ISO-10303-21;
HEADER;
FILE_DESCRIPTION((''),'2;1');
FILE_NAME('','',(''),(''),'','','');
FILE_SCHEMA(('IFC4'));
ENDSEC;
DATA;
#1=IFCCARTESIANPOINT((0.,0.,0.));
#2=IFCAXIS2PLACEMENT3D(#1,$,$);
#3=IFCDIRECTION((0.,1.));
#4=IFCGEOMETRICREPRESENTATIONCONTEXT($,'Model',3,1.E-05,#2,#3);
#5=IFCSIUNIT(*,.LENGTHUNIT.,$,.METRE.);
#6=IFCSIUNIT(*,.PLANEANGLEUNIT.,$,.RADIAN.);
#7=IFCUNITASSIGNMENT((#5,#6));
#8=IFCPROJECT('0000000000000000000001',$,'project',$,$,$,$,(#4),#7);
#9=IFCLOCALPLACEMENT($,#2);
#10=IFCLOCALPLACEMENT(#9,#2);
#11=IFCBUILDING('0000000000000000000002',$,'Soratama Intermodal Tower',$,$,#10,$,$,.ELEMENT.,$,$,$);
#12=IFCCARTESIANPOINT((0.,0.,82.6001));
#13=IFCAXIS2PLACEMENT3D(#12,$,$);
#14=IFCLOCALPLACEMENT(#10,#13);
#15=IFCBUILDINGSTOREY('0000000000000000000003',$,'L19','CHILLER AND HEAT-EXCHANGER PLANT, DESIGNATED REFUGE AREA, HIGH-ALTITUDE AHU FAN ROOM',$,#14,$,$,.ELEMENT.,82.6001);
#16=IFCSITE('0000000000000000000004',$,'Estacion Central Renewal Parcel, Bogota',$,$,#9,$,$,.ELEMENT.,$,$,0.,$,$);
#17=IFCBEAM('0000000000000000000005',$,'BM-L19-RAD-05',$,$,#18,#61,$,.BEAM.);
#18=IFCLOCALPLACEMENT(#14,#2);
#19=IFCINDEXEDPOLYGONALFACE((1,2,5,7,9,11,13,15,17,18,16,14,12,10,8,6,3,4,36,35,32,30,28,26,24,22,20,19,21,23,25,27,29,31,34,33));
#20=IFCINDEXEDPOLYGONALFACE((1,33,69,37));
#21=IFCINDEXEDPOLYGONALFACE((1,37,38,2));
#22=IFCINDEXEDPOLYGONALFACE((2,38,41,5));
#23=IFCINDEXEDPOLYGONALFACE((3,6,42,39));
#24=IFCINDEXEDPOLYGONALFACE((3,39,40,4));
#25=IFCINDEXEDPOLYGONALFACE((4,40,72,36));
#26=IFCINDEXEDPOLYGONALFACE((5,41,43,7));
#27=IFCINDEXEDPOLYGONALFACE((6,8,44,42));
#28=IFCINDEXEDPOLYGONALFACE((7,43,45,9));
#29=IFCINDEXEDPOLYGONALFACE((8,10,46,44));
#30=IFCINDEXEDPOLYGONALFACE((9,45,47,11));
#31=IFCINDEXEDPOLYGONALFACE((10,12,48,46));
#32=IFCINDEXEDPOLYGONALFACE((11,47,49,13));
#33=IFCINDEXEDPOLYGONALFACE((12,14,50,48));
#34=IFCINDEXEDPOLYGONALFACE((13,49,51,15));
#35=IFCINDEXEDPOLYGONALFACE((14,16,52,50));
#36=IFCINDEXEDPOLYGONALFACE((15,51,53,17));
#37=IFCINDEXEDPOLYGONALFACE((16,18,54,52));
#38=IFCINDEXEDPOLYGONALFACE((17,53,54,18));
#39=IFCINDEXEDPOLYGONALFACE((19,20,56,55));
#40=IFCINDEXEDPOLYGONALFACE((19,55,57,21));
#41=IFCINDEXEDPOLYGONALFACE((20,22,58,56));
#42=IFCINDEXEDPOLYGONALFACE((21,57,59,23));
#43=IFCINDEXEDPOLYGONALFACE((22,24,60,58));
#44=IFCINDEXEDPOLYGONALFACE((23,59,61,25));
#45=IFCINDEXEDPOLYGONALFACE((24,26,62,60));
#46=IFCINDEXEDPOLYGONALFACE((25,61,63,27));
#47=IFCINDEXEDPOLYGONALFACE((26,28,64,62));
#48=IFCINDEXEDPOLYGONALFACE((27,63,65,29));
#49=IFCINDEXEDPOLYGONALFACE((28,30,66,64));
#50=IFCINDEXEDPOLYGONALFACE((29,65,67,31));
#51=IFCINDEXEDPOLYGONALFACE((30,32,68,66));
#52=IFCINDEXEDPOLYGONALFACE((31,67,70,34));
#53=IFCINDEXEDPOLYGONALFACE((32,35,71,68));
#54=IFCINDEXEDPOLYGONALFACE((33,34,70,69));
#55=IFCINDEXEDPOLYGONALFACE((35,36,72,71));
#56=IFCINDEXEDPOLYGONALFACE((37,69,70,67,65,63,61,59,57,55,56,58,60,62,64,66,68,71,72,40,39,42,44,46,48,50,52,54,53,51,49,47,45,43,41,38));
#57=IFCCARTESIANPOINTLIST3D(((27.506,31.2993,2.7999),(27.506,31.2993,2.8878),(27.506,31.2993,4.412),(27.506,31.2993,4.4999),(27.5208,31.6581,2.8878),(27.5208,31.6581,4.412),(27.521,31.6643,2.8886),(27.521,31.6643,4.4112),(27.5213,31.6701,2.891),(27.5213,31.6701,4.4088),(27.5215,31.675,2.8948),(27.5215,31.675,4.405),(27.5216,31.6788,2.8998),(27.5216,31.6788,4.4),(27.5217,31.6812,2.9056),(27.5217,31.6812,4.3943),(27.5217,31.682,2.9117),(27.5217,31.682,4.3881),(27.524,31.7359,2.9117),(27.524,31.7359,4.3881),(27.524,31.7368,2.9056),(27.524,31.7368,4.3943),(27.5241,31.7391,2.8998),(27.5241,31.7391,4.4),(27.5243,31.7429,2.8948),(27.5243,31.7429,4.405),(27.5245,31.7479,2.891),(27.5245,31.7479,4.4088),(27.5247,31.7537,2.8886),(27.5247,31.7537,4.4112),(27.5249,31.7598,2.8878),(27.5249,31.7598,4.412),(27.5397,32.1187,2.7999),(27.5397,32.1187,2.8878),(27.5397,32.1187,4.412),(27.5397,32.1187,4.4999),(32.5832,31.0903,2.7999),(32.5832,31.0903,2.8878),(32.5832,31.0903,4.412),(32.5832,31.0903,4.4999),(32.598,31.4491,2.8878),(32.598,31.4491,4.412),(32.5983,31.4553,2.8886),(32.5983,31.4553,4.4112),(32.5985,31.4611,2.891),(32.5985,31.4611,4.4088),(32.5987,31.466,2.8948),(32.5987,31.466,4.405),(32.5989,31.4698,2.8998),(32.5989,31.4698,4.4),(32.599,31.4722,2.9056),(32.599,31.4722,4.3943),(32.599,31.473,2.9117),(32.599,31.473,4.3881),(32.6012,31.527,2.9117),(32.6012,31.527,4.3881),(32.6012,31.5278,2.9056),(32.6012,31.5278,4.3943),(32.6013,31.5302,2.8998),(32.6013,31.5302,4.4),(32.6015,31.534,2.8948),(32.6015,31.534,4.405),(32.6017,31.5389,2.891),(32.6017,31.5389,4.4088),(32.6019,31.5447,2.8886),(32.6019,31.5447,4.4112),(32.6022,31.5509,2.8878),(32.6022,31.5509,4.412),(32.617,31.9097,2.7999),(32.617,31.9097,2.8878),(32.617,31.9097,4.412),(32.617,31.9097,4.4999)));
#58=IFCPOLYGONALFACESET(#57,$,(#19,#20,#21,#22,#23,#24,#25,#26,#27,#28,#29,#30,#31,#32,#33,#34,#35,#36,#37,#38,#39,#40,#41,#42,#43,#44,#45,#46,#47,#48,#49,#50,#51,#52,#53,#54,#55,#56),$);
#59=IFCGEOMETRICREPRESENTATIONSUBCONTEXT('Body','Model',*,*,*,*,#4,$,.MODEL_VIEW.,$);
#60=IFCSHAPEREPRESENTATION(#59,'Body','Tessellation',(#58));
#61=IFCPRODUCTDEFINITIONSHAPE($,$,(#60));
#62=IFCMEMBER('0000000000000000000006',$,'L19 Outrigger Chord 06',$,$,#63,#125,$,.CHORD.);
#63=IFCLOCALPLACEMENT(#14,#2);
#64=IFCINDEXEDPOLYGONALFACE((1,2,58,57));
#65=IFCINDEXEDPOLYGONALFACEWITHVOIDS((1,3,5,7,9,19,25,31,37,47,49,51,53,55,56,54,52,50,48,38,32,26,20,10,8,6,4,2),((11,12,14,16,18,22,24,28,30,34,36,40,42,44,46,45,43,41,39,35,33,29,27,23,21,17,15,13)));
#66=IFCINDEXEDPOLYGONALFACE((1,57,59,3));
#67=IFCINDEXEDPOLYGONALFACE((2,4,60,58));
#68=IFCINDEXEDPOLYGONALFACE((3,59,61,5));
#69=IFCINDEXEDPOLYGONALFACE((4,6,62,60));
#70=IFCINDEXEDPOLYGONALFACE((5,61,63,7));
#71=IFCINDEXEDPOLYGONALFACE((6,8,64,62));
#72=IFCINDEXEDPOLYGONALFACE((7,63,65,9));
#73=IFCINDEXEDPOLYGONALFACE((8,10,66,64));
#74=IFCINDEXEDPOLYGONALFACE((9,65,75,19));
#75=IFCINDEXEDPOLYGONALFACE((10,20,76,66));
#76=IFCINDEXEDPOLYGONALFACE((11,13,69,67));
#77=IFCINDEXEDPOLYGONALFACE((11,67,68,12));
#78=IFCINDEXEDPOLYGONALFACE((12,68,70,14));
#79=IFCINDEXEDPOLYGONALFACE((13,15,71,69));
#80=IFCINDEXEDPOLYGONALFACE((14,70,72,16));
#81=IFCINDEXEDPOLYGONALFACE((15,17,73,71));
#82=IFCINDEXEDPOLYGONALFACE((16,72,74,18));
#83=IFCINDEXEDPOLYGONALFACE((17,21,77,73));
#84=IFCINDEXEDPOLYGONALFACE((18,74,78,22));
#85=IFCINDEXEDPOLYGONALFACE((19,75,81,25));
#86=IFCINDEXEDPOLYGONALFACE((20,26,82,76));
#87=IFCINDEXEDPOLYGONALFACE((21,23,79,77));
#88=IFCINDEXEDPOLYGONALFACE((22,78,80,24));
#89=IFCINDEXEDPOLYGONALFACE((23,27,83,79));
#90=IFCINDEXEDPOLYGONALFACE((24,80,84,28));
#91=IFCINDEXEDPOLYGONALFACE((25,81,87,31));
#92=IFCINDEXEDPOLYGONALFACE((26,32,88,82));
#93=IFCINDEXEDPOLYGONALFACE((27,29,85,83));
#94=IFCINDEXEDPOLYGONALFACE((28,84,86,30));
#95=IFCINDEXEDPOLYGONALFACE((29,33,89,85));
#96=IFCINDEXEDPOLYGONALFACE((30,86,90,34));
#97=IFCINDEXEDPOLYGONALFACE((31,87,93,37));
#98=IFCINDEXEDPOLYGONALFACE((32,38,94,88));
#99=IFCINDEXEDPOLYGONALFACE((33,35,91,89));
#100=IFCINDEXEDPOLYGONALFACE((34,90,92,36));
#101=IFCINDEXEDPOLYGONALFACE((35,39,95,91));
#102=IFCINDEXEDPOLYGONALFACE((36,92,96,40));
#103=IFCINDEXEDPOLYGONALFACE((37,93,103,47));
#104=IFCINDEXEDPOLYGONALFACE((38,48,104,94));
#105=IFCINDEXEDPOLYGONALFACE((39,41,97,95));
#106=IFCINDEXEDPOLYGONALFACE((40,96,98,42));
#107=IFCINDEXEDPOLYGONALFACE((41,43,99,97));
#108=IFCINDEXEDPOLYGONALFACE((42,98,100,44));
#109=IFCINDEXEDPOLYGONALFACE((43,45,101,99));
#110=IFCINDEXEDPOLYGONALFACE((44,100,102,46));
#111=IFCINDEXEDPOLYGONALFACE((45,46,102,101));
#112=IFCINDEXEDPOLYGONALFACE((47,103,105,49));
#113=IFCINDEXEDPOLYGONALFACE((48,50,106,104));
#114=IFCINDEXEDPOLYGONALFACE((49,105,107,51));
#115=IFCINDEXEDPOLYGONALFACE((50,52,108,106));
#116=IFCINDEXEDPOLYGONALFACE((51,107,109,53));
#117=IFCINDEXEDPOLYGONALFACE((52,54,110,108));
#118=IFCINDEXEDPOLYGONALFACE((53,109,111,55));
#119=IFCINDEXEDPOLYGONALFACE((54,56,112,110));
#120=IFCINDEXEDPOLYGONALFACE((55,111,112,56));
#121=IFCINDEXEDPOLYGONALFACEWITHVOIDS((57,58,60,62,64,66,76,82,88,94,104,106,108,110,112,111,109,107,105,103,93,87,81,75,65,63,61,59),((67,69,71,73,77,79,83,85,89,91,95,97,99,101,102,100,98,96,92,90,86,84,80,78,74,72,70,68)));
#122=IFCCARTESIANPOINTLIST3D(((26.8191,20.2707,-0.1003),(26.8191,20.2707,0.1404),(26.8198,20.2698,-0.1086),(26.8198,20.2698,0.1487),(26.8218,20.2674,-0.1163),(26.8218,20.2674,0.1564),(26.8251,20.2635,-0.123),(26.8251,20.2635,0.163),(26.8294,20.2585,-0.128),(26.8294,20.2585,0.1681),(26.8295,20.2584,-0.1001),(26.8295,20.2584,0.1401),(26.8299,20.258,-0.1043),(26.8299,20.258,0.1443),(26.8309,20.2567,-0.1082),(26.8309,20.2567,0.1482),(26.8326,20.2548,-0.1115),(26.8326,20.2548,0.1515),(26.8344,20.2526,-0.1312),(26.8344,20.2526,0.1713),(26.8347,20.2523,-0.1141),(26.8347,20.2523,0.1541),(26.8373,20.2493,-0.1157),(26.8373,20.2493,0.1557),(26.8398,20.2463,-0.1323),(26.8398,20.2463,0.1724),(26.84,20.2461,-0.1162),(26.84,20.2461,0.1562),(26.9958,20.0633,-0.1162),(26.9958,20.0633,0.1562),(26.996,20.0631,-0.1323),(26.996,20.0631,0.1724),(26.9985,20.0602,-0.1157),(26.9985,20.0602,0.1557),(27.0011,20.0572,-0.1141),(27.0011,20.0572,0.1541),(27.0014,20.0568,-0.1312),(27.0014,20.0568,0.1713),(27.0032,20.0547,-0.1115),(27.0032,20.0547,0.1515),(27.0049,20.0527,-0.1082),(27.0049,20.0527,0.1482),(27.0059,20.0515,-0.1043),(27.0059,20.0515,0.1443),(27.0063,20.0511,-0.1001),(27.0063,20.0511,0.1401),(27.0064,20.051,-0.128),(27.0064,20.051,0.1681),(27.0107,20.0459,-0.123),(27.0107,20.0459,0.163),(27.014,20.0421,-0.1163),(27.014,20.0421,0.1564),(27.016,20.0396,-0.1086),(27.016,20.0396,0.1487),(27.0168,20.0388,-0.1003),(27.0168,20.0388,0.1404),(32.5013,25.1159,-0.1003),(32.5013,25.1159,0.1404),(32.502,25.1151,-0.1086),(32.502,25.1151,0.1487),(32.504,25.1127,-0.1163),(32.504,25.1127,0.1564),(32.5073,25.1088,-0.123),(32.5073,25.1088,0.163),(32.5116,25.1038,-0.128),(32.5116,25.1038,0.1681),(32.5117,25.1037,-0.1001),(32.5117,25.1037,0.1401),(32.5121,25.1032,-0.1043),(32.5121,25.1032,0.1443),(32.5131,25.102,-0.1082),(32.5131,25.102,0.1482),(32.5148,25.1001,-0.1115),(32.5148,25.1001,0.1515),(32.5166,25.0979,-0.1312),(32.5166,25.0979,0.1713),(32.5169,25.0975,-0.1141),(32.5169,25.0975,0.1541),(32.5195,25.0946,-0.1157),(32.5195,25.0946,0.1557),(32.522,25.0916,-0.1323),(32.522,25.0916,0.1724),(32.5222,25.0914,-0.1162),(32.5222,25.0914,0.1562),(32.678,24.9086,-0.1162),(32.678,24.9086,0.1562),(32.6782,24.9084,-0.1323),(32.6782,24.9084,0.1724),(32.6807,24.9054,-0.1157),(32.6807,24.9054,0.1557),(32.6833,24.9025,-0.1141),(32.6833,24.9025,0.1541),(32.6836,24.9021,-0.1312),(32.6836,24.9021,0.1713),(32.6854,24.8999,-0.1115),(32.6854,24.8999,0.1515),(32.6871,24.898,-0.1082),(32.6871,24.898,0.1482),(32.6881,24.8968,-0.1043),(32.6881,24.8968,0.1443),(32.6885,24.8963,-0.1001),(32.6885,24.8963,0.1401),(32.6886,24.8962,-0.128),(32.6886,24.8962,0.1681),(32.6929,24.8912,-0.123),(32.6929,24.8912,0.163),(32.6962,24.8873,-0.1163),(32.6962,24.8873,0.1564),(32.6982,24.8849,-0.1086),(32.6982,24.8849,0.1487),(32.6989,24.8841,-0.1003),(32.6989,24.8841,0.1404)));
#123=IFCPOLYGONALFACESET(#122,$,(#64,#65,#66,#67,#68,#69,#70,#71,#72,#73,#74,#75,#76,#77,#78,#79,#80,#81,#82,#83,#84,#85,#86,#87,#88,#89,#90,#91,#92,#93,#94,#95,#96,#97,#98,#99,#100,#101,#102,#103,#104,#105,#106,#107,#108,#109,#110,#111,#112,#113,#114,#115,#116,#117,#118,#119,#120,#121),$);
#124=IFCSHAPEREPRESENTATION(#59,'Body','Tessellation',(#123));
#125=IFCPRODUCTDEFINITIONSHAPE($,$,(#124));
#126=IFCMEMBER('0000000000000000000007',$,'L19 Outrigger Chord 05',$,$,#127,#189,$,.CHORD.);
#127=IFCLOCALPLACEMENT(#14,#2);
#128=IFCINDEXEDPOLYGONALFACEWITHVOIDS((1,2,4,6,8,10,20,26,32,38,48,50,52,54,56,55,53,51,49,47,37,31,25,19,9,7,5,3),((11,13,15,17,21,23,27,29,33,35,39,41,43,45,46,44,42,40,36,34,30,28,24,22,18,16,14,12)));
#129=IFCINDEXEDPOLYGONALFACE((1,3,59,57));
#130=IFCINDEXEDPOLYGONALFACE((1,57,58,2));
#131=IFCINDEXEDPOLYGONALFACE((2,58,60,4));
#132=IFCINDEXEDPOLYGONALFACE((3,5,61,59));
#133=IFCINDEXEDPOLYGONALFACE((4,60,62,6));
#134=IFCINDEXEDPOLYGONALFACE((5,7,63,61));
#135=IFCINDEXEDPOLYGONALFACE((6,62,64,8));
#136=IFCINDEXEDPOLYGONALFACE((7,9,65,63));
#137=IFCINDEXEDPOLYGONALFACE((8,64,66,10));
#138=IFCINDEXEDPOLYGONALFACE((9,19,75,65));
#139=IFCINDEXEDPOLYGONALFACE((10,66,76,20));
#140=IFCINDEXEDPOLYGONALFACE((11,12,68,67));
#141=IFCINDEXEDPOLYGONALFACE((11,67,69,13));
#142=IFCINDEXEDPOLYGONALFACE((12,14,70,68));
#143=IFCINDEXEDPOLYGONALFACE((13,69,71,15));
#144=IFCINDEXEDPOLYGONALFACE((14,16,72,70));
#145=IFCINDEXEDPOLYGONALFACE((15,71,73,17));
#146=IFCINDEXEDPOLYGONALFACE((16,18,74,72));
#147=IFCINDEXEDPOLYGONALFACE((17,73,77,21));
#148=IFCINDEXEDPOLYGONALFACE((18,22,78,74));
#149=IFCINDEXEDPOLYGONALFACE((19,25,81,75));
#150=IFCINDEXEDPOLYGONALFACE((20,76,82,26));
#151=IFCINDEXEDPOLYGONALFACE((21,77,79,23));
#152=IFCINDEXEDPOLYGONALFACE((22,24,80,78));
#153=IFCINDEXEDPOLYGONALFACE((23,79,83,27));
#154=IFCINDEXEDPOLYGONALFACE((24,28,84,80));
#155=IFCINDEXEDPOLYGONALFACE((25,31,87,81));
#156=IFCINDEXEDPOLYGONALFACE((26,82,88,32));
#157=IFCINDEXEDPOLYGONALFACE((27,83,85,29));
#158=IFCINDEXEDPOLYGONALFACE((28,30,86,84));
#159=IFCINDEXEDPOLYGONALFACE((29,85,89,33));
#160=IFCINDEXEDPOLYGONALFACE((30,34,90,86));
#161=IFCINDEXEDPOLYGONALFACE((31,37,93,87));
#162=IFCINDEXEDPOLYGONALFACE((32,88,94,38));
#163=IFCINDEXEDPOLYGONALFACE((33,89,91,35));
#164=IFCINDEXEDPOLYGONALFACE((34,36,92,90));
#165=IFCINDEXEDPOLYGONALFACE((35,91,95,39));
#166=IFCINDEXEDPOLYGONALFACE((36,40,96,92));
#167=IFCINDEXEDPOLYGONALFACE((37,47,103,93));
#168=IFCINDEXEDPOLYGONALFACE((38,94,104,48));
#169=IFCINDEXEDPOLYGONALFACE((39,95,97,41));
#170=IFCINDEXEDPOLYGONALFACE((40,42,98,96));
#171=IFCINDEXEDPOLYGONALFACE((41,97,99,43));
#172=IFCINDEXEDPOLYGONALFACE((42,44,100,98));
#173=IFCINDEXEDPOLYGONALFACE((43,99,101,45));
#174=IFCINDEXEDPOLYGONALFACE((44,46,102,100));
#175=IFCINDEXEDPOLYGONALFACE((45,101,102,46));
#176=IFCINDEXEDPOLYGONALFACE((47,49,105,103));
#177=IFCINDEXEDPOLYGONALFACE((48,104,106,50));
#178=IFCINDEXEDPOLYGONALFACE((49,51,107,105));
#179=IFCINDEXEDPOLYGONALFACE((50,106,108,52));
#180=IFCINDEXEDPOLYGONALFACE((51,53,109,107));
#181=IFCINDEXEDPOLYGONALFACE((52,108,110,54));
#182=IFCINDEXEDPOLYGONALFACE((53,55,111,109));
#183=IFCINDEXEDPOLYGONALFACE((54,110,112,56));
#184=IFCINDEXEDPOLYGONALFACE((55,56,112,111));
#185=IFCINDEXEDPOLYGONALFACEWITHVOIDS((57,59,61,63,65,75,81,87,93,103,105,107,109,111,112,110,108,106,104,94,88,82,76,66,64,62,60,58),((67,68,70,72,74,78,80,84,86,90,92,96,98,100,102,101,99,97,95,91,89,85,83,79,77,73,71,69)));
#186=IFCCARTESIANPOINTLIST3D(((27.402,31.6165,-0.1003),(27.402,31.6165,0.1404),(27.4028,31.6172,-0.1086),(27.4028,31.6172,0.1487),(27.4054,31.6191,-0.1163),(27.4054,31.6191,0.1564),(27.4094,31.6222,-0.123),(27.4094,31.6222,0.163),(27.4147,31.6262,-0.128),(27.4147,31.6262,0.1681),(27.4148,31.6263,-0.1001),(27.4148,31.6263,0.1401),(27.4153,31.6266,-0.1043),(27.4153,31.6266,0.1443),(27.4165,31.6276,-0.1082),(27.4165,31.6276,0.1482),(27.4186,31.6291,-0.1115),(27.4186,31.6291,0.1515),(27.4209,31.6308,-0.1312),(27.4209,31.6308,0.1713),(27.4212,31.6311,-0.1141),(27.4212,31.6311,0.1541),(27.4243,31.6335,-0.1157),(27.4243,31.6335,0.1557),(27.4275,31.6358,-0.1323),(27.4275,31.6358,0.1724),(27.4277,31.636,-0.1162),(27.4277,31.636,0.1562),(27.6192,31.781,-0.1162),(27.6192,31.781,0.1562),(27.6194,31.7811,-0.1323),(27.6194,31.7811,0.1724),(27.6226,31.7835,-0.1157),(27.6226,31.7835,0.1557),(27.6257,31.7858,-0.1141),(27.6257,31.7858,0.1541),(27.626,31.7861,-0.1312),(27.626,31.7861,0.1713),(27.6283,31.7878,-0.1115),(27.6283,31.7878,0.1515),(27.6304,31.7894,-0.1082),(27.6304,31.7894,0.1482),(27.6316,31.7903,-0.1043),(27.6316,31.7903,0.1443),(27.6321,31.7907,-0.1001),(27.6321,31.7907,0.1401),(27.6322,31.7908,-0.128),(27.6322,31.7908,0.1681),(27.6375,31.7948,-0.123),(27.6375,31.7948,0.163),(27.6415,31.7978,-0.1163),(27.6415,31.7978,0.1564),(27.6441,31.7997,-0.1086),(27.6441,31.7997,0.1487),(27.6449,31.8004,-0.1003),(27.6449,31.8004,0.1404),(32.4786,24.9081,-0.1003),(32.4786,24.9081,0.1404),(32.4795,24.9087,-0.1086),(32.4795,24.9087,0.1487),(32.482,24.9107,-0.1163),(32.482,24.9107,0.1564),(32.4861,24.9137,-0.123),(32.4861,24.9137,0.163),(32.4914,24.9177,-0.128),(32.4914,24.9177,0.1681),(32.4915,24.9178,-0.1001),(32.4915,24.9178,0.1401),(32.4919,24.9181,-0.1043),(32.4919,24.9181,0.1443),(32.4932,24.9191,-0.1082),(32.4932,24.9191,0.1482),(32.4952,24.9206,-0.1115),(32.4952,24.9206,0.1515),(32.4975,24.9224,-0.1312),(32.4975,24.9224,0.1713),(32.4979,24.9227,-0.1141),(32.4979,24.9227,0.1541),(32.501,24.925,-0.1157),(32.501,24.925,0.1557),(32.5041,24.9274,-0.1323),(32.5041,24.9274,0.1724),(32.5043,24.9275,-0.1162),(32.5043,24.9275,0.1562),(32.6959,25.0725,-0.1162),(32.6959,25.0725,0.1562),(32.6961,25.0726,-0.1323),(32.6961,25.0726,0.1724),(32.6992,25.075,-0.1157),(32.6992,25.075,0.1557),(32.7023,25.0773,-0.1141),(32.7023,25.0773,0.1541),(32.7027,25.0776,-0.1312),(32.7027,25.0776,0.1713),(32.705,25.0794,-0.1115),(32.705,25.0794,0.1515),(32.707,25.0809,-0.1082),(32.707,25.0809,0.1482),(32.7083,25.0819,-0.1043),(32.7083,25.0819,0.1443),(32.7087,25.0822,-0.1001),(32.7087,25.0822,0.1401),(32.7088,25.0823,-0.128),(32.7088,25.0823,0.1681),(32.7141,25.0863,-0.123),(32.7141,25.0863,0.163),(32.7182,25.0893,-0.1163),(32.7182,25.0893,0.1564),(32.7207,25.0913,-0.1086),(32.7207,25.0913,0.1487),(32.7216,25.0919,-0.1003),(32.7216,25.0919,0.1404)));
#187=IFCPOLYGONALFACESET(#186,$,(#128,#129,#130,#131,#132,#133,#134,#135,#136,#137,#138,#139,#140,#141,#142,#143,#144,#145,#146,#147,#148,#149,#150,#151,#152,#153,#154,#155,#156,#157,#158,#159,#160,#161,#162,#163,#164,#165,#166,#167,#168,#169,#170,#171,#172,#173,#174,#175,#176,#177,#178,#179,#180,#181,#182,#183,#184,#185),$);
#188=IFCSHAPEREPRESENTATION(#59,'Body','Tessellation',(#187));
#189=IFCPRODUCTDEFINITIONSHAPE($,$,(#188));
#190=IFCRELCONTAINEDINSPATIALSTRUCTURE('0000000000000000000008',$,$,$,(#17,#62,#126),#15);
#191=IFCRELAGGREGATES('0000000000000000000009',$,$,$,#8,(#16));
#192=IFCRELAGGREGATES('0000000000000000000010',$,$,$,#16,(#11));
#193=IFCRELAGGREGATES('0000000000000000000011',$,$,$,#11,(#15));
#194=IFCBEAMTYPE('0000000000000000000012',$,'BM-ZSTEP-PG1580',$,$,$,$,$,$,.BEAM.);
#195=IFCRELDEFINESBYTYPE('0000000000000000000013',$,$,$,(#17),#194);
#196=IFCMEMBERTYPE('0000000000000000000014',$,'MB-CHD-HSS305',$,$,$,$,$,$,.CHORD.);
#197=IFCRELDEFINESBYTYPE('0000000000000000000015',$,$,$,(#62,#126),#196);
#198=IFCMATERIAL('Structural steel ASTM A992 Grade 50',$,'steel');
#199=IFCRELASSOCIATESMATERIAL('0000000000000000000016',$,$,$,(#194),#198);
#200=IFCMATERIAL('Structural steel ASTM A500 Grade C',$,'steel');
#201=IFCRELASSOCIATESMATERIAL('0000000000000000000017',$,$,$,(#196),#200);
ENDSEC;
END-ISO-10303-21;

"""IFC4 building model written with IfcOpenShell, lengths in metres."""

from ifc_helpers import new_model, si_unit, direction, frame, origin, origin_2d, place, context, subcontext, project, spatial, hollow_rectangle, i_section, extrude, material, material_profile, profile_set, type_object, element, save


model = new_model("IFC4")

# Units and contexts
model_context = context("Model", 3, precision=1e-05, world=origin(), true_north=direction((0.0, 1.0)))
body_context = subcontext(model_context, "Body", "Model", "MODEL_VIEW")
ifc_project = project(units=[si_unit("LENGTHUNIT", "METRE"), si_unit("PLANEANGLEUNIT", "RADIAN")], contexts=[model_context])

# Site, building, storey
site_placement = place(None, origin())
site = spatial("IfcSite", under=ifc_project, at=site_placement, Name="Estacion Central Renewal Parcel, Bogota", CompositionType="ELEMENT", RefElevation=0.0)
building_placement = place(site_placement, origin())
building = spatial("IfcBuilding", under=site, at=building_placement, Name="Soratama Intermodal Tower", CompositionType="ELEMENT")
storey_placement = place(building_placement, frame((0.0, 0.0, 82.6001)))
storey = spatial("IfcBuildingStorey", under=building, at=storey_placement, Name="L19", Description="CHILLER AND HEAT-EXCHANGER PLANT, DESIGNATED REFUGE AREA, HIGH-ALTITUDE AHU FAN ROOM", CompositionType="ELEMENT", Elevation=82.6001)

# Beam
ifc_material_1 = material(Name="Structural steel ASTM A992 Grade 50", Category="steel")
ifc_material_profile_1 = material_profile(ifc_material_1, i_section(OverallWidth=0.8201, OverallDepth=1.7, WebThickness=0.054, FlangeThickness=0.0879, FilletRadius=0.0239, at=origin_2d()), Name="PG1580X800")
ifc_profile_set_1 = profile_set([ifc_material_profile_1], Name="Structural steel ASTM A992 Grade 50")
beam_type = type_object("IfcBeamType", Name="BM-ZSTEP-PG1580", PredefinedType="BEAM", material=ifc_profile_set_1)
beam_placement = place(storey_placement, frame((32.6001, 31.5, 3.6499), z_axis=(-0.999154, 0.041127, 0.0), x_axis=(-0.041127, -0.999154, 0.0)))
element("IfcBeam", 1, at=beam_placement, inside=storey, type_object=beam_type, Name="BM-L19-RAD-05", PredefinedType="BEAM", context=body_context, shape_type="SweptSolid", body=[
    extrude(i_section(OverallWidth=0.8201, OverallDepth=1.7, WebThickness=0.054, FlangeThickness=0.0879, FilletRadius=0.0239, at=origin_2d()), origin(), (0.0, 0.0, 1.0), 5.0815),
])

# Members
ifc_material_2 = material(Name="Structural steel ASTM A500 Grade C", Category="steel")
ifc_material_profile_2 = material_profile(ifc_material_2, hollow_rectangle(XDim=0.3047, YDim=0.3047, WallThickness=0.0161, InnerFilletRadius=0.0161, OuterFilletRadius=0.032, at=origin_2d()), Name="HSS305X305X16")
ifc_profile_set_2 = profile_set([ifc_material_profile_2], Name="Structural steel ASTM A500 Grade C")
member_type_1 = type_object("IfcMemberType", Name="MB-CHD-HSS305", PredefinedType="CHORD", material=ifc_profile_set_2)
member_1_placement = place(storey_placement, frame((32.6001, 25.0, 0.02), z_axis=(-0.76092, -0.648845, 0.0), x_axis=(0.648845, -0.76092, 0.0)))
element("IfcMember", 2, at=member_1_placement, inside=storey, type_object=member_type_1, Name="L19 Outrigger Chord 06", PredefinedType="CHORD", context=body_context, shape_type="SweptSolid", body=[
    extrude(hollow_rectangle(XDim=0.3047, YDim=0.3047, WallThickness=0.0161, InnerFilletRadius=0.0161, OuterFilletRadius=0.032, at=origin_2d()), origin(), (0.0, 0.0, 1.0), 7.4675),
])
member_2_placement = place(storey_placement, frame((32.6001, 25.0, 0.02), z_axis=(-0.60344, 0.797409, 0.0), x_axis=(-0.797409, -0.60344, 0.0)))
element("IfcMember", 3, at=member_2_placement, inside=storey, type_object=member_type_1, Name="L19 Outrigger Chord 05", PredefinedType="CHORD", context=body_context, shape_type="SweptSolid", body=[
    extrude(hollow_rectangle(XDim=0.3047, YDim=0.3047, WallThickness=0.0161, InnerFilletRadius=0.0161, OuterFilletRadius=0.032, at=origin_2d()), origin(), (0.0, 0.0, 1.0), 8.4128),
])

save(model, "model.ifc")
